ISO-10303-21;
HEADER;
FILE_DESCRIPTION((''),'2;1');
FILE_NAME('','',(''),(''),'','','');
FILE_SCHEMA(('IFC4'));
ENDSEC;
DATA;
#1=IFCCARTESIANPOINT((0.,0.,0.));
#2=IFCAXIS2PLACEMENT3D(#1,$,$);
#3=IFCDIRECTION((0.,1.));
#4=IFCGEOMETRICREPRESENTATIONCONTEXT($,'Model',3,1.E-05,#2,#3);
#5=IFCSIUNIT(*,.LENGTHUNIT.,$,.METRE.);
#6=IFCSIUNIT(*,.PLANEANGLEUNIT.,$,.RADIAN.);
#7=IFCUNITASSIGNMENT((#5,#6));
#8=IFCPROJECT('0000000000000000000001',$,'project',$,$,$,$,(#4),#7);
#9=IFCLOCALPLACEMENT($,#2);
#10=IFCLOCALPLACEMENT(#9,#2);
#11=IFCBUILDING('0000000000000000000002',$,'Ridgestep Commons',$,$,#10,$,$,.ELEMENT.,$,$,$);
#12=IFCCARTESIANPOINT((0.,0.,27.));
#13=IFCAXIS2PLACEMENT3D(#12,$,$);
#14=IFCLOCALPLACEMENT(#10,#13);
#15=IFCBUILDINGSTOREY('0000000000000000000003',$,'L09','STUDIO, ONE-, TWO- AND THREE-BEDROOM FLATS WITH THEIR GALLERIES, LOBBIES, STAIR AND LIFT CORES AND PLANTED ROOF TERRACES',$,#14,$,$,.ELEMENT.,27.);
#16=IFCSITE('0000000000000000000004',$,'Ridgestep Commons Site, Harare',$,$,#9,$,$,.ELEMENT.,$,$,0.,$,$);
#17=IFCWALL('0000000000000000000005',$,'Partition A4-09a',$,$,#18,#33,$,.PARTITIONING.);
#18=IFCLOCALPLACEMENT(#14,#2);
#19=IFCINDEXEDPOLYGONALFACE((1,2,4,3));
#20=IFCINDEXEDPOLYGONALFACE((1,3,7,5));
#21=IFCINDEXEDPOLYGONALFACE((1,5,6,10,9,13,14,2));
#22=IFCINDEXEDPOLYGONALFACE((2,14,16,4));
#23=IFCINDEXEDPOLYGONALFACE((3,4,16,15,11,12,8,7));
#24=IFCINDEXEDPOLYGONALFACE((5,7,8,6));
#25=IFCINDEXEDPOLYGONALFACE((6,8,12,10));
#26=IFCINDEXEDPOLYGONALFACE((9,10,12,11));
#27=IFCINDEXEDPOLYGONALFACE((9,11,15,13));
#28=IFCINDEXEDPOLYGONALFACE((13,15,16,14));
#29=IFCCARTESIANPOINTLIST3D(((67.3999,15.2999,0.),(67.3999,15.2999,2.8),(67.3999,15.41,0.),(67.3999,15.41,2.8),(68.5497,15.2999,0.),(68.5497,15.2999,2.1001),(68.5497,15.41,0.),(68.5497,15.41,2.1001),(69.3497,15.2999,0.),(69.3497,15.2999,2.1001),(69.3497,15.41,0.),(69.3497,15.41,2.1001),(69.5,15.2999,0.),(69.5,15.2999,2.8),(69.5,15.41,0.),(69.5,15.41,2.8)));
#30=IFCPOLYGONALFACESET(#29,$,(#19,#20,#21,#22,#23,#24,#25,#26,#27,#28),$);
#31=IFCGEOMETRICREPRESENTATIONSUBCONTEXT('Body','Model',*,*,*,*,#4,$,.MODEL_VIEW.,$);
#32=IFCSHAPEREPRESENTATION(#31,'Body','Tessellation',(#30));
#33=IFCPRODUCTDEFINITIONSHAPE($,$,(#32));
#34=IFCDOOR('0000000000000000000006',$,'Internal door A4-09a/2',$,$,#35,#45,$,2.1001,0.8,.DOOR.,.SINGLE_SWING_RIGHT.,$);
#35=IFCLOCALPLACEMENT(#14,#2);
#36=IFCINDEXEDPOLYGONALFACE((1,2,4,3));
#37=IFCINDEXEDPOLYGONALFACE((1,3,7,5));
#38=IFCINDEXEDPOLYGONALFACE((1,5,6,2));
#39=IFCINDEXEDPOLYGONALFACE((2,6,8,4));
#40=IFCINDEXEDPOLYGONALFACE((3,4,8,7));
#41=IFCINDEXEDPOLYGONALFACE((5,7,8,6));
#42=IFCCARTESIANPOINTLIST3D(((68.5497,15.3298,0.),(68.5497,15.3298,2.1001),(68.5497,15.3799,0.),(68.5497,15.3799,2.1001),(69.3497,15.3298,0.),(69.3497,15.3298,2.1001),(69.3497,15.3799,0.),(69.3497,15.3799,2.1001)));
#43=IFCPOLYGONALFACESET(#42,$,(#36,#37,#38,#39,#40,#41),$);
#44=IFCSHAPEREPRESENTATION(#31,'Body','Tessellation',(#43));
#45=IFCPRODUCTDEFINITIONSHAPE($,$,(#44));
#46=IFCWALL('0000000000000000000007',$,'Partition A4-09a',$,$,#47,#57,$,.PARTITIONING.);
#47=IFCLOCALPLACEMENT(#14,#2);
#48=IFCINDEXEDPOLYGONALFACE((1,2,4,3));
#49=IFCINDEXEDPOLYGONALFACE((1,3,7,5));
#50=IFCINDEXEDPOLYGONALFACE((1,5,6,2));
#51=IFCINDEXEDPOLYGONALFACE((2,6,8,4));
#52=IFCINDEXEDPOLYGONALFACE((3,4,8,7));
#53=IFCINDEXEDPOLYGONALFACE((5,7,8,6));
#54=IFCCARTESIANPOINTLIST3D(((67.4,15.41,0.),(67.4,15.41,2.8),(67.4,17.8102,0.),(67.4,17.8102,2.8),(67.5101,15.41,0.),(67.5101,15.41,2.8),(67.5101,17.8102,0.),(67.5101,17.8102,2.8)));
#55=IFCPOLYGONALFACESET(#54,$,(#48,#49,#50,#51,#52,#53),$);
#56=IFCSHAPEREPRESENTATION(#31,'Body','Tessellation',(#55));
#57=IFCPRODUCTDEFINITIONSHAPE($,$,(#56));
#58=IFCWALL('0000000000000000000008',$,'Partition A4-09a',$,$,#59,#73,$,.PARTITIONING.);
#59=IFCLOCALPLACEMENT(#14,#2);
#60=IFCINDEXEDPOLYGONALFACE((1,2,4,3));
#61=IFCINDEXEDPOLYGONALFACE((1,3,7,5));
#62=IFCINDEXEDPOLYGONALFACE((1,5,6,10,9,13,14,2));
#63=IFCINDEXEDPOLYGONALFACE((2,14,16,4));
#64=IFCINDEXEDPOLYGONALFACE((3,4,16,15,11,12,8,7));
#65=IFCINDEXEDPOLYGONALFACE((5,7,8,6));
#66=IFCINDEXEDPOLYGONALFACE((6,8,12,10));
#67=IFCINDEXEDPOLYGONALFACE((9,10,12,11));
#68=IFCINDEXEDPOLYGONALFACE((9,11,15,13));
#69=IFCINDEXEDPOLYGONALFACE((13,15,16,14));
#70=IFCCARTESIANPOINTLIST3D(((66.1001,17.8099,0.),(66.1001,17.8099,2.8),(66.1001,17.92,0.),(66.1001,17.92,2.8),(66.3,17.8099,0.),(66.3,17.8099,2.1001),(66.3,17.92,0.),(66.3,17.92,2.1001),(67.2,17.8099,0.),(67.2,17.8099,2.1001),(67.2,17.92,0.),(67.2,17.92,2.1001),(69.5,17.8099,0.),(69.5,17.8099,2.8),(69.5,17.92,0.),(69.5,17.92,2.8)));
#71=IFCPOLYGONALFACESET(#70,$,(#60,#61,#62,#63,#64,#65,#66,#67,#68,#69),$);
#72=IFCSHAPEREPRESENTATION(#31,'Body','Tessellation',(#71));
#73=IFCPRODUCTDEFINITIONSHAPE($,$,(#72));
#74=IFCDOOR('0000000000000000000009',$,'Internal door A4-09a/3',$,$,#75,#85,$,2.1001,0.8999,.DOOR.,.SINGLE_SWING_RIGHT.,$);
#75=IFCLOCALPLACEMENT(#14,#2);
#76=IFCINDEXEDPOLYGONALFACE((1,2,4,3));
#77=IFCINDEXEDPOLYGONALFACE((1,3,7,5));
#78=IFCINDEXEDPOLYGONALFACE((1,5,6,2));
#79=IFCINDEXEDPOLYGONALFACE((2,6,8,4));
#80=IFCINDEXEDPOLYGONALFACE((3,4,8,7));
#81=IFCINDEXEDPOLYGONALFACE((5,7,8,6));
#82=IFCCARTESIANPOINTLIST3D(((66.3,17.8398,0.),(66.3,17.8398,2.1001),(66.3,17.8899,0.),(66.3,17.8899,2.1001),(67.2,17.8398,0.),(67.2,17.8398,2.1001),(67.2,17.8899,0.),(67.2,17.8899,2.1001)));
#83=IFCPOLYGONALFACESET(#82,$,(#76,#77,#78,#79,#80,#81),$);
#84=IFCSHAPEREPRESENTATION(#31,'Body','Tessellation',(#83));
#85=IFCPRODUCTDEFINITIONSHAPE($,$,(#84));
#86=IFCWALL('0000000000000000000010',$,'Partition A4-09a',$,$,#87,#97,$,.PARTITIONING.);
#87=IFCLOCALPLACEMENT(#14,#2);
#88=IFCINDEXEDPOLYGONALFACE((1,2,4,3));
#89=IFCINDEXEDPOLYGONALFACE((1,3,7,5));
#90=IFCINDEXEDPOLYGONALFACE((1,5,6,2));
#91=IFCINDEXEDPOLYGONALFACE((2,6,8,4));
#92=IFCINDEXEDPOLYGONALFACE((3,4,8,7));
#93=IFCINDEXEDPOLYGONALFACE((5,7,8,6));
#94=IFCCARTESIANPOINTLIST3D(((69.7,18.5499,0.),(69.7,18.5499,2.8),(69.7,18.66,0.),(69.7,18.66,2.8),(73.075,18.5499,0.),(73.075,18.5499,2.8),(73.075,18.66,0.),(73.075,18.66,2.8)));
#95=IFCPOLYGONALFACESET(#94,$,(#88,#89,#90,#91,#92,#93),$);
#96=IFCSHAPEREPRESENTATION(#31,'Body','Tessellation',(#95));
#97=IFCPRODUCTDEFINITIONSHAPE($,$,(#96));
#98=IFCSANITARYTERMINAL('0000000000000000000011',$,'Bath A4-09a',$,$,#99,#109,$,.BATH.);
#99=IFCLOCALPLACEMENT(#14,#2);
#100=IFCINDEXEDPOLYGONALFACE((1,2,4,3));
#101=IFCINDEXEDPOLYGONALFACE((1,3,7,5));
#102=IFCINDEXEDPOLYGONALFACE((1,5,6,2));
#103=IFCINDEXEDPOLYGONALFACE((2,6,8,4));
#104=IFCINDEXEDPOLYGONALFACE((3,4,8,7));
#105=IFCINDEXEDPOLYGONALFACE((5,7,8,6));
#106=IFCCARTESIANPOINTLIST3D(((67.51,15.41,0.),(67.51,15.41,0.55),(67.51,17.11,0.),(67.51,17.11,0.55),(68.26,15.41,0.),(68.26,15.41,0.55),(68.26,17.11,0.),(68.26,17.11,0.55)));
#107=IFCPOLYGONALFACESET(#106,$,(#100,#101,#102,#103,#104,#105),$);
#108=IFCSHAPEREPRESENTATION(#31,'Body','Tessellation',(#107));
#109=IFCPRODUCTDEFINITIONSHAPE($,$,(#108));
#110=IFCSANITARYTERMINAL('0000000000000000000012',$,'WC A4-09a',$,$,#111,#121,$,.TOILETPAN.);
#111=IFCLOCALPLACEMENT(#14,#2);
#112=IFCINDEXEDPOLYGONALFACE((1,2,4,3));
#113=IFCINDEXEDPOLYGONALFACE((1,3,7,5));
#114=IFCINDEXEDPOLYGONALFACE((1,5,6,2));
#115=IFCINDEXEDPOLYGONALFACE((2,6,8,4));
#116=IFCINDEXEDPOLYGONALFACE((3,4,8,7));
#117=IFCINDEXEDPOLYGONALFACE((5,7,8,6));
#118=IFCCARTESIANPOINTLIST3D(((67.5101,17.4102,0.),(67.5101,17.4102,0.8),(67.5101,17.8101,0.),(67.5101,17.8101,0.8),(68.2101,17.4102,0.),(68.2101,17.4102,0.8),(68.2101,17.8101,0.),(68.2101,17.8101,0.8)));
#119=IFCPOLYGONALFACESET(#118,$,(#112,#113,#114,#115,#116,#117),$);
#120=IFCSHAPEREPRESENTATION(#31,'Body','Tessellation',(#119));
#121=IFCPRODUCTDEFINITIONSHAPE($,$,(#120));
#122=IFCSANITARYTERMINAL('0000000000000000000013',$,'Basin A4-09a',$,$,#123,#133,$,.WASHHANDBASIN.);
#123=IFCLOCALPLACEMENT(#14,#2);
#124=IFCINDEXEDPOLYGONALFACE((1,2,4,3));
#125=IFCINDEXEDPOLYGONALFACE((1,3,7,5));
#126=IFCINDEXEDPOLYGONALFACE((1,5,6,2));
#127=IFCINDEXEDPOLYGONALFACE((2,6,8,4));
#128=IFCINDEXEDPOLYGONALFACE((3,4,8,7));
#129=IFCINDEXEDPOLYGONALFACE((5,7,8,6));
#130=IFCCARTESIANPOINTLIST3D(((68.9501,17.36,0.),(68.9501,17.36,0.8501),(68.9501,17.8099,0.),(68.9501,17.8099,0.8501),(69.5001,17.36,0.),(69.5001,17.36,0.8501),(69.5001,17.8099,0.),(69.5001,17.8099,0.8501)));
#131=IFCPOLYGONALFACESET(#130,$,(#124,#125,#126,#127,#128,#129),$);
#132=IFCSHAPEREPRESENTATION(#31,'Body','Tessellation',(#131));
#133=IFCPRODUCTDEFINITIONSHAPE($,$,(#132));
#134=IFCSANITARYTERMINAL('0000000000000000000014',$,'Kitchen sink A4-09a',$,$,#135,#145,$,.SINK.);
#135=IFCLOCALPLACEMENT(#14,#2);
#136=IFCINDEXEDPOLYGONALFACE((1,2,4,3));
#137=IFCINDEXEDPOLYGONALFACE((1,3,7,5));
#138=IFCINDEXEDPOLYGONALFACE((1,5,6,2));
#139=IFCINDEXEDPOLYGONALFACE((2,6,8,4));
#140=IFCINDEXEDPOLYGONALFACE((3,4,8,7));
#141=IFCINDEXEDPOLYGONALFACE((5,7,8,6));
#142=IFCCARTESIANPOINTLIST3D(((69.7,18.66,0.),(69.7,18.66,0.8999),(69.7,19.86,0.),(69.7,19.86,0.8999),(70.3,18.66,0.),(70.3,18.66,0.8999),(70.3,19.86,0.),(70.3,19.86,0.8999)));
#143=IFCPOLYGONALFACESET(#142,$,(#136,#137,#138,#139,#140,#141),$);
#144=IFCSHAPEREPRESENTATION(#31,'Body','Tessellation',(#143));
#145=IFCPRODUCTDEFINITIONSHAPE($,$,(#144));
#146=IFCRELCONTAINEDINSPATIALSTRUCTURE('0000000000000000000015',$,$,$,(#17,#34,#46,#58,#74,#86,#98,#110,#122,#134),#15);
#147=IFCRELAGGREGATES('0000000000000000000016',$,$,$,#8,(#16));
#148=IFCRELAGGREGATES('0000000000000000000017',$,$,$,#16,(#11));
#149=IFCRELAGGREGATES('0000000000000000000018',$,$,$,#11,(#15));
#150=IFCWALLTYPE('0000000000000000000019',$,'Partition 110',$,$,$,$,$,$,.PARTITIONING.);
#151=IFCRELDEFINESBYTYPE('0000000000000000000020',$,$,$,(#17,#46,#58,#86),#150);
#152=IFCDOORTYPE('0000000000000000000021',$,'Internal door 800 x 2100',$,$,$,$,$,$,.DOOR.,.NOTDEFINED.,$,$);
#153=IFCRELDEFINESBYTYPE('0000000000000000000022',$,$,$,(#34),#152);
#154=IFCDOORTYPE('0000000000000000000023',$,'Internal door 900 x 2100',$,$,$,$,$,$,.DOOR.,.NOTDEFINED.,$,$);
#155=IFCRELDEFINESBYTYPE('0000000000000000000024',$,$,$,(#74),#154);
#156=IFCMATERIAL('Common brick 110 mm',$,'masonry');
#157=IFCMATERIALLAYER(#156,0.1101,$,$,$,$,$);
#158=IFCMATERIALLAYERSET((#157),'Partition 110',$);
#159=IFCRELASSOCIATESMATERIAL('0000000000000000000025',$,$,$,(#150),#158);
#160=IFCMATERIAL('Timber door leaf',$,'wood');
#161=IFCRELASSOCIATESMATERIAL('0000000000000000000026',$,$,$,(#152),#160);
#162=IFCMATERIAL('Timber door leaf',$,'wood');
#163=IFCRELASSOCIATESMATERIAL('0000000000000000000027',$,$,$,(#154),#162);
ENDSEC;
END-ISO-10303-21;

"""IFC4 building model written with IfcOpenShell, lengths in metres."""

from ifc_helpers import new_model, si_unit, direction, frame, frame_2d, origin, origin_2d, place, context, subcontext, project, spatial, rectangle, extrude, material, layer, layer_set, type_object, element, fill, save


model = new_model("IFC4")

# Units and contexts
model_context = context("Model", 3, precision=1e-05, world=origin(), true_north=direction((0.0, 1.0)))
body_context = subcontext(model_context, "Body", "Model", "MODEL_VIEW")
ifc_project = project(units=[si_unit("LENGTHUNIT", "METRE"), si_unit("PLANEANGLEUNIT", "RADIAN")], contexts=[model_context])

# Site, building, storey
site_placement = place(None, origin())
site = spatial("IfcSite", under=ifc_project, at=site_placement, Name="Ridgestep Commons Site, Harare", CompositionType="ELEMENT", RefElevation=0.0)
building_placement = place(site_placement, origin())
building = spatial("IfcBuilding", under=site, at=building_placement, Name="Ridgestep Commons", CompositionType="ELEMENT")
storey_placement = place(building_placement, frame((0.0, 0.0, 27.0)))
storey = spatial("IfcBuildingStorey", under=building, at=storey_placement, Name="L09", Description="STUDIO, ONE-, TWO- AND THREE-BEDROOM FLATS WITH THEIR GALLERIES, LOBBIES, STAIR AND LIFT CORES AND PLANTED ROOF TERRACES", CompositionType="ELEMENT", Elevation=27.0)

# Wall, opening, door
ifc_material_1 = material(Name="Common brick 110 mm", Category="masonry")
ifc_layer_1 = layer(ifc_material_1, 0.1101)
ifc_layer_set_1 = layer_set([ifc_layer_1], Name="Partition 110")
wall_type_1 = type_object("IfcWallType", Name="Partition 110", PredefinedType="PARTITIONING", material=ifc_layer_set_1)
wall_1_placement = place(storey_placement, frame((67.3999, 15.355, 0.0), z_axis=(0.0, 0.0, 1.0), x_axis=(1.0, 0.0, 0.0)))
wall_1 = element("IfcWall", 1, at=wall_1_placement, inside=storey, type_object=wall_type_1, Name="Partition A4-09a", PredefinedType="PARTITIONING", context=body_context, shape_type="SweptSolid", body=[
    extrude(rectangle(XDim=2.1001, YDim=0.1101, at=frame_2d((1.05, 0.0))), origin(), (0.0, 0.0, 1.0), 2.8),
])
opening_1_placement = place(wall_1_placement, frame((1.1499, 0.0, 0.0)))
opening_1 = element("IfcOpeningElement", 2, at=opening_1_placement, cuts=wall_1, PredefinedType="OPENING", context=body_context, shape_type="SweptSolid", body=[
    extrude(rectangle(XDim=0.8, YDim=2.1001, at=frame_2d((0.3999, 1.05))), frame((0.0, 0.0649, 0.0), z_axis=(0.0, -1.0, 0.0), x_axis=(1.0, 0.0, 0.0)), (0.0, 0.0, 1.0), 0.1301),
])
ifc_material_2 = material(Name="Timber door leaf", Category="wood")
door_type_1 = type_object("IfcDoorType", Name="Internal door 800 x 2100", OperationType="NOTDEFINED", PredefinedType="DOOR", material=ifc_material_2)
door_1_placement = place(opening_1_placement, origin())
door_1 = element("IfcDoor", 3, at=door_1_placement, inside=storey, type_object=door_type_1, Name="Internal door A4-09a/2", OperationType="SINGLE_SWING_RIGHT", OverallHeight=2.1001, OverallWidth=0.8, PredefinedType="DOOR", context=body_context, shape_type="SweptSolid", body=[
    extrude(rectangle(XDim=0.8, YDim=2.1001, at=frame_2d((0.3999, 1.05))), frame((0.0, 0.0249, 0.0), z_axis=(0.0, -1.0, 0.0), x_axis=(1.0, 0.0, 0.0)), (0.0, 0.0, 1.0), 0.05),
])
fill(opening_1, door_1)

# Wall
wall_2_placement = place(storey_placement, frame((67.4551, 15.4099, 0.0), z_axis=(0.0, 0.0, 1.0), x_axis=(0.0, 1.0, 0.0)))
element("IfcWall", 4, at=wall_2_placement, inside=storey, type_object=wall_type_1, Name="Partition A4-09a", PredefinedType="PARTITIONING", context=body_context, shape_type="SweptSolid", body=[
    extrude(rectangle(XDim=2.4001, YDim=0.1101, at=frame_2d((1.2002, 0.0))), origin(), (0.0, 0.0, 1.0), 2.8),
])

# Wall, opening, door
wall_3_placement = place(storey_placement, frame((66.1001, 17.865, 0.0), z_axis=(0.0, 0.0, 1.0), x_axis=(1.0, 0.0, 0.0)))
wall_3 = element("IfcWall", 5, at=wall_3_placement, inside=storey, type_object=wall_type_1, Name="Partition A4-09a", PredefinedType="PARTITIONING", context=body_context, shape_type="SweptSolid", body=[
    extrude(rectangle(XDim=3.3999, YDim=0.1101, at=frame_2d((1.7, 0.0))), origin(), (0.0, 0.0, 1.0), 2.8),
])
opening_2_placement = place(wall_3_placement, frame((0.2, 0.0, 0.0)))
opening_2 = element("IfcOpeningElement", 6, at=opening_2_placement, cuts=wall_3, PredefinedType="OPENING", context=body_context, shape_type="SweptSolid", body=[
    extrude(rectangle(XDim=0.8999, YDim=2.1001, at=frame_2d((0.45, 1.05))), frame((0.0, 0.0649, 0.0), z_axis=(0.0, -1.0, 0.0), x_axis=(1.0, 0.0, 0.0)), (0.0, 0.0, 1.0), 0.1301),
])
ifc_material_3 = material(Name="Timber door leaf", Category="wood")
door_type_2 = type_object("IfcDoorType", Name="Internal door 900 x 2100", OperationType="NOTDEFINED", PredefinedType="DOOR", material=ifc_material_3)
door_2_placement = place(opening_2_placement, origin())
door_2 = element("IfcDoor", 7, at=door_2_placement, inside=storey, type_object=door_type_2, Name="Internal door A4-09a/3", OperationType="SINGLE_SWING_RIGHT", OverallHeight=2.1001, OverallWidth=0.8999, PredefinedType="DOOR", context=body_context, shape_type="SweptSolid", body=[
    extrude(rectangle(XDim=0.8999, YDim=2.1001, at=frame_2d((0.45, 1.05))), frame((0.0, 0.0249, 0.0), z_axis=(0.0, -1.0, 0.0), x_axis=(1.0, 0.0, 0.0)), (0.0, 0.0, 1.0), 0.05),
])
fill(opening_2, door_2)

# Wall
wall_4_placement = place(storey_placement, frame((69.7, 18.605, 0.0), z_axis=(0.0, 0.0, 1.0), x_axis=(1.0, 0.0, 0.0)))
element("IfcWall", 8, at=wall_4_placement, inside=storey, type_object=wall_type_1, Name="Partition A4-09a", PredefinedType="PARTITIONING", context=body_context, shape_type="SweptSolid", body=[
    extrude(rectangle(XDim=3.375, YDim=0.1101, at=frame_2d((1.6875, 0.0))), origin(), (0.0, 0.0, 1.0), 2.8),
])

# Sanitary terminals
sanitary_terminal_1_placement = place(storey_placement, frame((67.885, 16.26, 0.0), z_axis=(0.0, 0.0, 1.0), x_axis=(1.0, 0.0, 0.0)))
element("IfcSanitaryTerminal", 9, at=sanitary_terminal_1_placement, inside=storey, Name="Bath A4-09a", PredefinedType="BATH", context=body_context, shape_type="SweptSolid", body=[
    extrude(rectangle(XDim=0.75, YDim=1.7, at=origin_2d()), origin(), (0.0, 0.0, 1.0), 0.55),
])
sanitary_terminal_2_placement = place(storey_placement, frame((67.8601, 17.6101, 0.0), z_axis=(0.0, 0.0, 1.0), x_axis=(1.0, 0.0, 0.0)))
element("IfcSanitaryTerminal", 10, at=sanitary_terminal_2_placement, inside=storey, Name="WC A4-09a", PredefinedType="TOILETPAN", context=body_context, shape_type="SweptSolid", body=[
    extrude(rectangle(XDim=0.7, YDim=0.3999, at=origin_2d()), origin(), (0.0, 0.0, 1.0), 0.8),
])
sanitary_terminal_3_placement = place(storey_placement, frame((69.2251, 17.585, 0.0), z_axis=(0.0, 0.0, 1.0), x_axis=(1.0, 0.0, 0.0)))
element("IfcSanitaryTerminal", 11, at=sanitary_terminal_3_placement, inside=storey, Name="Basin A4-09a", PredefinedType="WASHHANDBASIN", context=body_context, shape_type="SweptSolid", body=[
    extrude(rectangle(XDim=0.55, YDim=0.45, at=origin_2d()), origin(), (0.0, 0.0, 1.0), 0.8501),
])
sanitary_terminal_4_placement = place(storey_placement, frame((70.0, 19.26, 0.0), z_axis=(0.0, 0.0, 1.0), x_axis=(1.0, 0.0, 0.0)))
element("IfcSanitaryTerminal", 12, at=sanitary_terminal_4_placement, inside=storey, Name="Kitchen sink A4-09a", PredefinedType="SINK", context=body_context, shape_type="SweptSolid", body=[
    extrude(rectangle(XDim=0.6001, YDim=1.2, at=origin_2d()), origin(), (0.0, 0.0, 1.0), 0.8999),
])

save(model, "model.ifc")
